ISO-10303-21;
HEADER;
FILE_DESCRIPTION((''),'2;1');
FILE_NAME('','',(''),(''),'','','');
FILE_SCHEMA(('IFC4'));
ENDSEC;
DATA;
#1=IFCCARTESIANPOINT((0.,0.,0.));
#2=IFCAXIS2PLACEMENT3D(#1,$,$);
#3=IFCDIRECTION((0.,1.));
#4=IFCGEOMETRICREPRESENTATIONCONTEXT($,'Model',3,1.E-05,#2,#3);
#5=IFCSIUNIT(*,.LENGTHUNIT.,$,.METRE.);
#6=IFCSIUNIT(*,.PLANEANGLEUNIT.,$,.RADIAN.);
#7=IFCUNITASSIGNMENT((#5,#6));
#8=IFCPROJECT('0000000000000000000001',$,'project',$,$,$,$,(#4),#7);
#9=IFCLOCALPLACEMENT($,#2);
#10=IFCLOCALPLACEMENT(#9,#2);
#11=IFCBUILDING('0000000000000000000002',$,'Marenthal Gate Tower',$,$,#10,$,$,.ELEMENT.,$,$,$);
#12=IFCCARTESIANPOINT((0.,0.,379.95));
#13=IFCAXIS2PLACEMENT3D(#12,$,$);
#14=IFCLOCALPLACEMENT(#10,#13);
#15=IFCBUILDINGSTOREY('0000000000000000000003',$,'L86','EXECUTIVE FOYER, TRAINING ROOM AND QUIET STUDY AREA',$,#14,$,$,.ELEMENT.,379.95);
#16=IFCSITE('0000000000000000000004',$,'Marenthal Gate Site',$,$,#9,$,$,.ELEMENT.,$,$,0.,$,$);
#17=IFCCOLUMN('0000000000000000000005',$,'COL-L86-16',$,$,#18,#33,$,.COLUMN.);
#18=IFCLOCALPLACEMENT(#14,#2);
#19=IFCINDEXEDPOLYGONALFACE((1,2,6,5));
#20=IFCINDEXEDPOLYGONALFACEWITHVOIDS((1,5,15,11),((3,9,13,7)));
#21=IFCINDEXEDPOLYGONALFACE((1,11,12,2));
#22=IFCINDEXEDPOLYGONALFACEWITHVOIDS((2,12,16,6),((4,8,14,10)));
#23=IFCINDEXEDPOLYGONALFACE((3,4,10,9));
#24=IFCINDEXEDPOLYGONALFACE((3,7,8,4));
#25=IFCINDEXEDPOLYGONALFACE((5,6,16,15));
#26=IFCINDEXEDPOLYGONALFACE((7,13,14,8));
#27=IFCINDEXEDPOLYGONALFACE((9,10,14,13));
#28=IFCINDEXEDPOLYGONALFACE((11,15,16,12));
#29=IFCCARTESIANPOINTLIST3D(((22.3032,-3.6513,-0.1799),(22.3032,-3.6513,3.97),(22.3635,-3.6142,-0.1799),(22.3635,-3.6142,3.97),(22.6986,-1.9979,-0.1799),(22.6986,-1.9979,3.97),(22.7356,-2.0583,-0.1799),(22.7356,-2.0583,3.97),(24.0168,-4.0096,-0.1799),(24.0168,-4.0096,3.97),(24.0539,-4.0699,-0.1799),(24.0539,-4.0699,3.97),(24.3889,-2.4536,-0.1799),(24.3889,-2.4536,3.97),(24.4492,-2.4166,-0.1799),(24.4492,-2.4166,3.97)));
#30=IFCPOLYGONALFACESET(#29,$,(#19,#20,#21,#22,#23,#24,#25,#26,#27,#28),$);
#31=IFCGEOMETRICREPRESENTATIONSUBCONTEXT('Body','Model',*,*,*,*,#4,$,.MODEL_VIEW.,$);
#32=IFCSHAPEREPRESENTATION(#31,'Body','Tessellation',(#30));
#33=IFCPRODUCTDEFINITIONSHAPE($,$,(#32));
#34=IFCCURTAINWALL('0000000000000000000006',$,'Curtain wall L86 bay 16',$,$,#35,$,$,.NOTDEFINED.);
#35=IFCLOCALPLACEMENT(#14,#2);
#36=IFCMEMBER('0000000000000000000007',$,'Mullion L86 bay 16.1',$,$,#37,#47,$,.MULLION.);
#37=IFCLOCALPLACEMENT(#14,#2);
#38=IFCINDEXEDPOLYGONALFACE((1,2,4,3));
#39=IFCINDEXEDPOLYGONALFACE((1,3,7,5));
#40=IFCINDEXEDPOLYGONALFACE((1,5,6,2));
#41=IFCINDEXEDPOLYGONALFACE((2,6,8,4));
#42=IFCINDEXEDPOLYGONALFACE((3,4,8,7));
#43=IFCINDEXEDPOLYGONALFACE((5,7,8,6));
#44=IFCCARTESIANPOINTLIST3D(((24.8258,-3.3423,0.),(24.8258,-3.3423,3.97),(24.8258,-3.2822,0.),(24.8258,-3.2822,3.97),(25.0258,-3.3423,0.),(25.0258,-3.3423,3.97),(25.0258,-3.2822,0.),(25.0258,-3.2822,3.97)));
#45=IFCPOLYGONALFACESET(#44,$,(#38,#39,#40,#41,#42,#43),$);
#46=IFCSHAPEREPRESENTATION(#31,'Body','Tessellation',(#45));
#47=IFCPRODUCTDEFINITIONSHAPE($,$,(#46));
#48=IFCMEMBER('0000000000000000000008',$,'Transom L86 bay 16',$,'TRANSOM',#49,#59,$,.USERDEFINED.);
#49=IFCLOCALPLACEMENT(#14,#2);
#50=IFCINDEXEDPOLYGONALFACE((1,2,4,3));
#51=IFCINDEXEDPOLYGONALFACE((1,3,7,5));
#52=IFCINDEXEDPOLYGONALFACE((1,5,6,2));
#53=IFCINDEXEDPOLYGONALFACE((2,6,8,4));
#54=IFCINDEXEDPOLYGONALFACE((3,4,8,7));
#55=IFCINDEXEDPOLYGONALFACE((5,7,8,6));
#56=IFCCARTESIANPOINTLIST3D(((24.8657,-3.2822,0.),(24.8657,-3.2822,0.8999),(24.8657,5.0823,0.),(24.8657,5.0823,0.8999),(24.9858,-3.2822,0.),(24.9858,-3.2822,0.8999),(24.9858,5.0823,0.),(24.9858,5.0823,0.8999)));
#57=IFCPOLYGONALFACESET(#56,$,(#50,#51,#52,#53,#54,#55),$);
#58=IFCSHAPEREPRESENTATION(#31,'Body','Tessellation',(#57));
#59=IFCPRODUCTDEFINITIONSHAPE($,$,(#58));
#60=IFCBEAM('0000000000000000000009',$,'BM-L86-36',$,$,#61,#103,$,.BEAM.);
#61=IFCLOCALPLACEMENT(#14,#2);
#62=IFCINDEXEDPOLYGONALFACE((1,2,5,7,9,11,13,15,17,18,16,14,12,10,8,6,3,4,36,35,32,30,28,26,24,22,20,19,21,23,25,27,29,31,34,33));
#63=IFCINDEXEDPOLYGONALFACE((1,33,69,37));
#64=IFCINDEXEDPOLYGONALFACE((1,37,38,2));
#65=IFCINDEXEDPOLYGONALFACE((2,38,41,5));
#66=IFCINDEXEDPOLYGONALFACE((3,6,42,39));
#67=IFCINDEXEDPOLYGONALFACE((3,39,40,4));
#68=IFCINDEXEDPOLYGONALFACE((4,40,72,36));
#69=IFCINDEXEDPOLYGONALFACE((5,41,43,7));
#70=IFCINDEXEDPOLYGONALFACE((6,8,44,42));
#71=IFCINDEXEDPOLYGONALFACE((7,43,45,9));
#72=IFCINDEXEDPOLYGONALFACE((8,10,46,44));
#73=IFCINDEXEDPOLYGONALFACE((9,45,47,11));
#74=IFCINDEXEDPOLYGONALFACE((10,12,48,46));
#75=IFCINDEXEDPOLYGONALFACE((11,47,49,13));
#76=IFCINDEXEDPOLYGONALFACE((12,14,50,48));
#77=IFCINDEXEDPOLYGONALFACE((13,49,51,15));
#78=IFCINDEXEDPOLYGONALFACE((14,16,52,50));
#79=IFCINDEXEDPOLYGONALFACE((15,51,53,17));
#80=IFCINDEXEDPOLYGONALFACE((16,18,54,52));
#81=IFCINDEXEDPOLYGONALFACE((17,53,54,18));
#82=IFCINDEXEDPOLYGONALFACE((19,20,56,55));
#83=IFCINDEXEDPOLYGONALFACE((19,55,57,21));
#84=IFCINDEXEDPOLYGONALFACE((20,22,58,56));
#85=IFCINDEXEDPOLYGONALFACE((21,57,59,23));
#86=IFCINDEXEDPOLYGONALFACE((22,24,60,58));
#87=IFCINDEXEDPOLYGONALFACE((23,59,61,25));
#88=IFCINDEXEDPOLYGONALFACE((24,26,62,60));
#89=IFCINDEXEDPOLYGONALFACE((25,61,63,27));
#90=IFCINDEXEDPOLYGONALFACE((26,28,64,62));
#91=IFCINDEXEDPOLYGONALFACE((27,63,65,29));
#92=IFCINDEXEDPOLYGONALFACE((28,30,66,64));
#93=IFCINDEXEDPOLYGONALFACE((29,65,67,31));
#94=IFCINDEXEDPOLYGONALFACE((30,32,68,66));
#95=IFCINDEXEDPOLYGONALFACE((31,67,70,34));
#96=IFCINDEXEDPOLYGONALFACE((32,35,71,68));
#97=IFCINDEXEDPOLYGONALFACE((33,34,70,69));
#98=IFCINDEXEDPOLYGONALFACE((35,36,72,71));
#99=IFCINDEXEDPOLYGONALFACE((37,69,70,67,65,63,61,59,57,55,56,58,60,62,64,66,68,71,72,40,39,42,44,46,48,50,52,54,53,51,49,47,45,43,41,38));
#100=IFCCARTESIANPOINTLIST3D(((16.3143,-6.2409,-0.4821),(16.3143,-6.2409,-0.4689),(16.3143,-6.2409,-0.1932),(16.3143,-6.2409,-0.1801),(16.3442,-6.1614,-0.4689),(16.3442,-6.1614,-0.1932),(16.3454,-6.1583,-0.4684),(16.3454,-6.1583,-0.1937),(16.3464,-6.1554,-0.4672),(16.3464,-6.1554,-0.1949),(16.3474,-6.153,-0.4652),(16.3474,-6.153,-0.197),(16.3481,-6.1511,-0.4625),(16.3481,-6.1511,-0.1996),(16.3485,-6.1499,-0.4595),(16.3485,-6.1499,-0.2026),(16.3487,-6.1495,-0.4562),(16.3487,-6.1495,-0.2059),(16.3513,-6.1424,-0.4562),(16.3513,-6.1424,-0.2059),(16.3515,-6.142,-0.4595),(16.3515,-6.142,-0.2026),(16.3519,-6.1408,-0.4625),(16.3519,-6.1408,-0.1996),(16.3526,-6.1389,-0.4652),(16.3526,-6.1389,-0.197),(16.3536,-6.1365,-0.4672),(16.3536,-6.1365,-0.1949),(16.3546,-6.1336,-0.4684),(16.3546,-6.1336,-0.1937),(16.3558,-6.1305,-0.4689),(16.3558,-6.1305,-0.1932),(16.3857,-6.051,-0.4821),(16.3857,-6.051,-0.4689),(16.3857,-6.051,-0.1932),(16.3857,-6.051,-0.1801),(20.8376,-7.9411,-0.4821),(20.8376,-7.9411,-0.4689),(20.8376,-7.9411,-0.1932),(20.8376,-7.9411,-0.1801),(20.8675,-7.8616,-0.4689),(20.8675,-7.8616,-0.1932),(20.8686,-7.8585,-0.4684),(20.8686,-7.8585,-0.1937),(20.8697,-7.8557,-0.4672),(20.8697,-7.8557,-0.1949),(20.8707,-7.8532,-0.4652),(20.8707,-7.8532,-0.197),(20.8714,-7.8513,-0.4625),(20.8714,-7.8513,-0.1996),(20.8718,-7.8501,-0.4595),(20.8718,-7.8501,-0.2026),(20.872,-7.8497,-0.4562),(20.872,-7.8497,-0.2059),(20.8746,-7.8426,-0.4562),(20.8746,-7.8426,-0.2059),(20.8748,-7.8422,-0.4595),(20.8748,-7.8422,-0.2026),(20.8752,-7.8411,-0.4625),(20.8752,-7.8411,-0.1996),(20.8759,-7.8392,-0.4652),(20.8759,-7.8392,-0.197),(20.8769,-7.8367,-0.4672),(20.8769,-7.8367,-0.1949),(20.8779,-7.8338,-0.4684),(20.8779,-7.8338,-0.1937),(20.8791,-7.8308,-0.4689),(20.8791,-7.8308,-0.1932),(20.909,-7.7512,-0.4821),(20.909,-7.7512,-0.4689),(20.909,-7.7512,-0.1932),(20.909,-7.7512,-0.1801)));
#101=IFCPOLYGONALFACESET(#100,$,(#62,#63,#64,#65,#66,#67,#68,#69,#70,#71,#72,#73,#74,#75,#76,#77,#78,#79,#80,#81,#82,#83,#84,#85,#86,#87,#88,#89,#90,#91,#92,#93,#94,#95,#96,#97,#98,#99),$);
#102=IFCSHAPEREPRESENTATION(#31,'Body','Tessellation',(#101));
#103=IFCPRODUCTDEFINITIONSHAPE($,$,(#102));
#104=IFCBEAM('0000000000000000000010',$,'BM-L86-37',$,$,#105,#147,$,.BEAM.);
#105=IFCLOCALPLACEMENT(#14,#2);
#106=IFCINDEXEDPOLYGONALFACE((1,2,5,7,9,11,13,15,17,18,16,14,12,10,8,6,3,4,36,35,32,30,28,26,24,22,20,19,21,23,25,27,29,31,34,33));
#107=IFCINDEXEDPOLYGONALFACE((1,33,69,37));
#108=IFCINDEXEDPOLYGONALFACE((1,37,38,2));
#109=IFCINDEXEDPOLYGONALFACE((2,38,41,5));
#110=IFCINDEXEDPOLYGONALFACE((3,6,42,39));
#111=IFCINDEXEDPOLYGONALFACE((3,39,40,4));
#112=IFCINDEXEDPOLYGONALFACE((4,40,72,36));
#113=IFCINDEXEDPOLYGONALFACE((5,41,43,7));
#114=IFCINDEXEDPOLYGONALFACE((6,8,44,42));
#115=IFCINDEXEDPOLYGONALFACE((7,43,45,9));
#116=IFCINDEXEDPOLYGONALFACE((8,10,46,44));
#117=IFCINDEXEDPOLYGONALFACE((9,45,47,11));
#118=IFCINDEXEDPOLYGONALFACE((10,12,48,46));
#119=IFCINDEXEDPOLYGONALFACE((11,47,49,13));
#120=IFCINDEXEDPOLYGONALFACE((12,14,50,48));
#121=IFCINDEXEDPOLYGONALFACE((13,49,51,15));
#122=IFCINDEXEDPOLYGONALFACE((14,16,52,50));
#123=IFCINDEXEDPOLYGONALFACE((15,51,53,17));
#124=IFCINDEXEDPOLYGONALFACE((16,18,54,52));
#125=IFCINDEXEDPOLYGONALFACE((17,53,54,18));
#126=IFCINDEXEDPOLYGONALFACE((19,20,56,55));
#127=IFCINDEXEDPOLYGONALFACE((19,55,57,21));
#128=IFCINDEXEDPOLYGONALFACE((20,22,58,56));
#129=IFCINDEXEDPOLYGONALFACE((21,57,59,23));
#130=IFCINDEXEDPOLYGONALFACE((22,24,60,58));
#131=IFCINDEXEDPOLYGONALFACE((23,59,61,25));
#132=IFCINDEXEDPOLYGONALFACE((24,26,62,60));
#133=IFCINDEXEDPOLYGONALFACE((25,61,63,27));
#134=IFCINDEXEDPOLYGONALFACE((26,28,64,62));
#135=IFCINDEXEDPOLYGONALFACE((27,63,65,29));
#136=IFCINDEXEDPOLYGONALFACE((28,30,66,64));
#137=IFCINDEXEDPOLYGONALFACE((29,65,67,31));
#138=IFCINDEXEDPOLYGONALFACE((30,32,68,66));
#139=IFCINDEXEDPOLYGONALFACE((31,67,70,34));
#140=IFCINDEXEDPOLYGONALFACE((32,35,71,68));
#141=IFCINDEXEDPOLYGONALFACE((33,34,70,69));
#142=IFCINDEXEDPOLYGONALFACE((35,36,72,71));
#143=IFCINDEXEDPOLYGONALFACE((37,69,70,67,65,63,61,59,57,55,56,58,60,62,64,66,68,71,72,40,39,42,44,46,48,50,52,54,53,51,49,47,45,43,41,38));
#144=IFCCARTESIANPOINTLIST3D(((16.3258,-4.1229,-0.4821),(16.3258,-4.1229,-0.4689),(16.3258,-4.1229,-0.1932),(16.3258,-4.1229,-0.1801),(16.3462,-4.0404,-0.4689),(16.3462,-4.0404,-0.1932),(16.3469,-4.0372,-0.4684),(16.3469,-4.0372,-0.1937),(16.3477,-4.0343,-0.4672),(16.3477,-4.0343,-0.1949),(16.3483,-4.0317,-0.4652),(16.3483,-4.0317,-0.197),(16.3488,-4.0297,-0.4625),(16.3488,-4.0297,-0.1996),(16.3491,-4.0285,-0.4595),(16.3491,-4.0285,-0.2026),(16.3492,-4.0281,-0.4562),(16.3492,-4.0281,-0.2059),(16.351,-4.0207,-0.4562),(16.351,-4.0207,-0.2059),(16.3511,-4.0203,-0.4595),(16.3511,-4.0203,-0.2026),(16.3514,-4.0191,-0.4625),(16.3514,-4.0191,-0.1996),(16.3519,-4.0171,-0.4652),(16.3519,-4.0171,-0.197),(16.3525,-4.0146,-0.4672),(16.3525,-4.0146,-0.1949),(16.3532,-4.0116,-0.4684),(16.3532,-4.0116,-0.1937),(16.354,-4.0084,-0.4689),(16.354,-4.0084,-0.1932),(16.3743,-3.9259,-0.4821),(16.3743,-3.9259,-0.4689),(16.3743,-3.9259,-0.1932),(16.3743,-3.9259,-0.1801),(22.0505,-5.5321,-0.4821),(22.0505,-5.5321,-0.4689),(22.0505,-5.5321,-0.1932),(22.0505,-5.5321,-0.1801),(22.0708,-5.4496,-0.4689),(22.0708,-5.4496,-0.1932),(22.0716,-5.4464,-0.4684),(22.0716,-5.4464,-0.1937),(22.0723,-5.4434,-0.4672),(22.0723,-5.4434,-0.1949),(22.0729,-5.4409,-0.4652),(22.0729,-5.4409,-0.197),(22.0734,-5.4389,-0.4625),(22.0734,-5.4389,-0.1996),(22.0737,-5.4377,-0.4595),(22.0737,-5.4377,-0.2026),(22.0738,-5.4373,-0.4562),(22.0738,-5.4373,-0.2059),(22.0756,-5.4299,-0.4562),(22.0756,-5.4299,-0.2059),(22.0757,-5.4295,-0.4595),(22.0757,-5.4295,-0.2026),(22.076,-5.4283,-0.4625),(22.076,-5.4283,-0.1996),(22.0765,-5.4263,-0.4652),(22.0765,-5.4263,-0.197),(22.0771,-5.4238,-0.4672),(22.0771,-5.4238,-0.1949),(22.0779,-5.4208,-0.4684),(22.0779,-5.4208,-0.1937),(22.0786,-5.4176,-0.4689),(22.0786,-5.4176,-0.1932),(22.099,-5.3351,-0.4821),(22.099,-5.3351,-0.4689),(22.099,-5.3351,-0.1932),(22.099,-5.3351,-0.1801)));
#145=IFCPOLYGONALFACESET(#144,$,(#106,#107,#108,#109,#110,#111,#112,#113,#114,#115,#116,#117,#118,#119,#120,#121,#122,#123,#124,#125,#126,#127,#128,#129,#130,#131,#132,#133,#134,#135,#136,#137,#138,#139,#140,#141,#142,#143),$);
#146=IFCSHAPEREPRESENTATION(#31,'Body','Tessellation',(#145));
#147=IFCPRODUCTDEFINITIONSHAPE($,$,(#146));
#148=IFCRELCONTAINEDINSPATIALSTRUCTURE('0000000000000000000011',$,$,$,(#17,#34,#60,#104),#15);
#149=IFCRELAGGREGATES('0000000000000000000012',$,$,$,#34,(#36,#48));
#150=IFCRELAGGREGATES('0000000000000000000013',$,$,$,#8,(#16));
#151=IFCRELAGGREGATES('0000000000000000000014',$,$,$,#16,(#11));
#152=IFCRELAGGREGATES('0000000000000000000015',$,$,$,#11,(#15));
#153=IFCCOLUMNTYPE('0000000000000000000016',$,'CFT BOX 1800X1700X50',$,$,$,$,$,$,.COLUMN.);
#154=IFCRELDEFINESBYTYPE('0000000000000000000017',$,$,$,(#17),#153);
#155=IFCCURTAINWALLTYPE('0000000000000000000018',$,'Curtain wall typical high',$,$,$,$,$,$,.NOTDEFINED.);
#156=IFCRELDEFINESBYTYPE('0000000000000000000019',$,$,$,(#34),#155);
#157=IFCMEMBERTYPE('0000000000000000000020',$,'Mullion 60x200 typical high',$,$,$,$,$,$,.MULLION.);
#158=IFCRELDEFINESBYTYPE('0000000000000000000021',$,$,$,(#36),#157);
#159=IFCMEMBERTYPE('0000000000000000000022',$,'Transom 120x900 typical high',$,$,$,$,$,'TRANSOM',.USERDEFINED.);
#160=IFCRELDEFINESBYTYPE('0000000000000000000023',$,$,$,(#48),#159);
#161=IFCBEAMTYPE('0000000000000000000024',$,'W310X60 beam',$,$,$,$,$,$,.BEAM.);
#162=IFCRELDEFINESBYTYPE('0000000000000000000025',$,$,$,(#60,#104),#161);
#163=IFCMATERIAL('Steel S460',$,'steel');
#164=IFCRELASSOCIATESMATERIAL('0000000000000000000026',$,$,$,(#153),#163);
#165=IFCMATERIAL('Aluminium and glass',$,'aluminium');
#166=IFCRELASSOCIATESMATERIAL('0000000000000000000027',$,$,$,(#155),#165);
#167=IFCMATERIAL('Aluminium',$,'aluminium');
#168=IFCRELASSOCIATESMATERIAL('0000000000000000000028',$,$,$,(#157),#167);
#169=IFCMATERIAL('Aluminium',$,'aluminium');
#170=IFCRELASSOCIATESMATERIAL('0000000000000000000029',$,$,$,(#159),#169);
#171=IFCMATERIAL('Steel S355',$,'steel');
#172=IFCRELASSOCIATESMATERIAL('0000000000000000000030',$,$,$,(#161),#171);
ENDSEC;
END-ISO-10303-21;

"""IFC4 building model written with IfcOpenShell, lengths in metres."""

from ifc_helpers import new_model, si_unit, direction, frame, origin, origin_2d, place, context, subcontext, project, spatial, rectangle, hollow_rectangle, i_section, extrude, material, material_profile, profile_set, type_object, element, aggregate, save


model = new_model("IFC4")

# Units and contexts
model_context = context("Model", 3, precision=1e-05, world=origin(), true_north=direction((0.0, 1.0)))
body_context = subcontext(model_context, "Body", "Model", "MODEL_VIEW")
ifc_project = project(units=[si_unit("LENGTHUNIT", "METRE"), si_unit("PLANEANGLEUNIT", "RADIAN")], contexts=[model_context])

# Site, building, storey
site_placement = place(None, origin())
site = spatial("IfcSite", under=ifc_project, at=site_placement, Name="Marenthal Gate Site", CompositionType="ELEMENT", RefElevation=0.0)
building_placement = place(site_placement, origin())
building = spatial("IfcBuilding", under=site, at=building_placement, Name="Marenthal Gate Tower", CompositionType="ELEMENT")
storey_placement = place(building_placement, frame((0.0, 0.0, 379.95)))
storey = spatial("IfcBuildingStorey", under=building, at=storey_placement, Name="L86", Description="EXECUTIVE FOYER, TRAINING ROOM AND QUIET STUDY AREA", CompositionType="ELEMENT", Elevation=379.95)

# Column
ifc_material_1 = material(Name="Steel S460", Category="steel")
ifc_material_profile_1 = material_profile(ifc_material_1, hollow_rectangle(XDim=1.7, YDim=1.8, WallThickness=0.05, at=origin_2d()), Name="CFT BOX 1800X1700X50")
ifc_material_2 = material(Name="Concrete 70 MPa", Category="concrete")
ifc_material_profile_2 = material_profile(ifc_material_2, rectangle(XDim=1.6001, YDim=1.7, at=origin_2d()), Name="CFT BOX 1800X1700X50 INFILL")
ifc_profile_set_1 = profile_set([ifc_material_profile_1, ifc_material_profile_2], Name="Steel S460 shell, Concrete 70 MPa infill")
column_type = type_object("IfcColumnType", Name="CFT BOX 1800X1700X50", PredefinedType="COLUMN", material=ifc_profile_set_1)
column_placement = place(storey_placement, frame((23.3762, -3.0339, -0.1799), z_axis=(0.0, 0.0, 1.0), x_axis=(-0.232571, -0.972579, 0.0)))
element("IfcColumn", 1, at=column_placement, inside=storey, type_object=column_type, Name="COL-L86-16", PredefinedType="COLUMN", context=body_context, shape_type="SweptSolid", body=[
    extrude(hollow_rectangle(XDim=1.7, YDim=1.8, WallThickness=0.05, at=origin_2d()), origin(), (0.0, 0.0, 1.0), 4.1499),
])

# Curtain wall, members
ifc_material_3 = material(Name="Aluminium and glass", Category="aluminium")
curtain_wall_type = type_object("IfcCurtainWallType", Name="Curtain wall typical high", PredefinedType="NOTDEFINED", material=ifc_material_3)
curtain_wall_placement = place(storey_placement, origin())
curtain_wall = element("IfcCurtainWall", 2, at=curtain_wall_placement, inside=storey, type_object=curtain_wall_type, Name="Curtain wall L86 bay 16", PredefinedType="NOTDEFINED")
ifc_material_4 = material(Name="Aluminium", Category="aluminium")
ifc_material_profile_3 = material_profile(ifc_material_4, rectangle(XDim=0.2, YDim=0.0601, at=origin_2d()), Name="60x200 aluminium mullion")
ifc_profile_set_2 = profile_set([ifc_material_profile_3], Name="Aluminium")
member_type_1 = type_object("IfcMemberType", Name="Mullion 60x200 typical high", PredefinedType="MULLION", material=ifc_profile_set_2)
member_1_placement = place(storey_placement, frame((24.9258, -3.3123, 0.0), z_axis=(0.0, 0.0, 1.0), x_axis=(-1.0, 0.0, 0.0)))
member_1 = element("IfcMember", 3, at=member_1_placement, type_object=member_type_1, Name="Mullion L86 bay 16.1", PredefinedType="MULLION", context=body_context, shape_type="SweptSolid", body=[
    extrude(rectangle(XDim=0.2, YDim=0.0601, at=origin_2d()), origin(), (0.0, 0.0, 1.0), 3.97),
])
ifc_material_5 = material(Name="Aluminium", Category="aluminium")
ifc_material_profile_4 = material_profile(ifc_material_5, rectangle(XDim=0.1201, YDim=0.8999, at=origin_2d()), Name="120x900 aluminium transom")
ifc_profile_set_3 = profile_set([ifc_material_profile_4], Name="Aluminium")
member_type_2 = type_object("IfcMemberType", Name="Transom 120x900 typical high", ElementType="TRANSOM", PredefinedType="USERDEFINED", material=ifc_profile_set_3)
member_2_placement = place(storey_placement, frame((24.9258, -3.2822, 0.45), z_axis=(0.0, 1.0, 0.0), x_axis=(-1.0, 0.0, 0.0)))
member_2 = element("IfcMember", 4, at=member_2_placement, type_object=member_type_2, Name="Transom L86 bay 16", ObjectType="TRANSOM", PredefinedType="USERDEFINED", context=body_context, shape_type="SweptSolid", body=[
    extrude(rectangle(XDim=0.1201, YDim=0.8999, at=origin_2d()), origin(), (0.0, 0.0, 1.0), 8.3645),
])

# Beams
ifc_material_6 = material(Name="Steel S355", Category="steel")
ifc_material_profile_5 = material_profile(ifc_material_6, i_section(OverallWidth=0.2029, OverallDepth=0.302, WebThickness=0.0076, FlangeThickness=0.0132, FilletRadius=0.0127, at=origin_2d()), Name="W310X60")
ifc_profile_set_4 = profile_set([ifc_material_profile_5], Name="Steel S355")
beam_type_1 = type_object("IfcBeamType", Name="W310X60 beam", PredefinedType="BEAM", material=ifc_profile_set_4)
beam_1_placement = place(storey_placement, frame((20.8733, -7.8462, -0.3311), z_axis=(-0.936057, 0.351849, 0.0), x_axis=(-0.351849, -0.936057, 0.0)))
element("IfcBeam", 5, at=beam_1_placement, inside=storey, type_object=beam_type_1, Name="BM-L86-36", PredefinedType="BEAM", context=body_context, shape_type="SweptSolid", body=[
    extrude(i_section(OverallWidth=0.2029, OverallDepth=0.302, WebThickness=0.0076, FlangeThickness=0.0132, FilletRadius=0.0127, at=origin_2d()), origin(), (0.0, 0.0, 1.0), 4.8323),
])
beam_2_placement = place(storey_placement, frame((22.0747, -5.4336, -0.3311), z_axis=(-0.971013, 0.239026, 0.0), x_axis=(-0.239026, -0.971013, 0.0)))
element("IfcBeam", 6, at=beam_2_placement, inside=storey, type_object=beam_type_1, Name="BM-L86-37", PredefinedType="BEAM", context=body_context, shape_type="SweptSolid", body=[
    extrude(i_section(OverallWidth=0.2029, OverallDepth=0.302, WebThickness=0.0076, FlangeThickness=0.0132, FilletRadius=0.0127, at=origin_2d()), origin(), (0.0, 0.0, 1.0), 5.8955),
])

aggregate(curtain_wall, [member_1, member_2])

save(model, "model.ifc")
